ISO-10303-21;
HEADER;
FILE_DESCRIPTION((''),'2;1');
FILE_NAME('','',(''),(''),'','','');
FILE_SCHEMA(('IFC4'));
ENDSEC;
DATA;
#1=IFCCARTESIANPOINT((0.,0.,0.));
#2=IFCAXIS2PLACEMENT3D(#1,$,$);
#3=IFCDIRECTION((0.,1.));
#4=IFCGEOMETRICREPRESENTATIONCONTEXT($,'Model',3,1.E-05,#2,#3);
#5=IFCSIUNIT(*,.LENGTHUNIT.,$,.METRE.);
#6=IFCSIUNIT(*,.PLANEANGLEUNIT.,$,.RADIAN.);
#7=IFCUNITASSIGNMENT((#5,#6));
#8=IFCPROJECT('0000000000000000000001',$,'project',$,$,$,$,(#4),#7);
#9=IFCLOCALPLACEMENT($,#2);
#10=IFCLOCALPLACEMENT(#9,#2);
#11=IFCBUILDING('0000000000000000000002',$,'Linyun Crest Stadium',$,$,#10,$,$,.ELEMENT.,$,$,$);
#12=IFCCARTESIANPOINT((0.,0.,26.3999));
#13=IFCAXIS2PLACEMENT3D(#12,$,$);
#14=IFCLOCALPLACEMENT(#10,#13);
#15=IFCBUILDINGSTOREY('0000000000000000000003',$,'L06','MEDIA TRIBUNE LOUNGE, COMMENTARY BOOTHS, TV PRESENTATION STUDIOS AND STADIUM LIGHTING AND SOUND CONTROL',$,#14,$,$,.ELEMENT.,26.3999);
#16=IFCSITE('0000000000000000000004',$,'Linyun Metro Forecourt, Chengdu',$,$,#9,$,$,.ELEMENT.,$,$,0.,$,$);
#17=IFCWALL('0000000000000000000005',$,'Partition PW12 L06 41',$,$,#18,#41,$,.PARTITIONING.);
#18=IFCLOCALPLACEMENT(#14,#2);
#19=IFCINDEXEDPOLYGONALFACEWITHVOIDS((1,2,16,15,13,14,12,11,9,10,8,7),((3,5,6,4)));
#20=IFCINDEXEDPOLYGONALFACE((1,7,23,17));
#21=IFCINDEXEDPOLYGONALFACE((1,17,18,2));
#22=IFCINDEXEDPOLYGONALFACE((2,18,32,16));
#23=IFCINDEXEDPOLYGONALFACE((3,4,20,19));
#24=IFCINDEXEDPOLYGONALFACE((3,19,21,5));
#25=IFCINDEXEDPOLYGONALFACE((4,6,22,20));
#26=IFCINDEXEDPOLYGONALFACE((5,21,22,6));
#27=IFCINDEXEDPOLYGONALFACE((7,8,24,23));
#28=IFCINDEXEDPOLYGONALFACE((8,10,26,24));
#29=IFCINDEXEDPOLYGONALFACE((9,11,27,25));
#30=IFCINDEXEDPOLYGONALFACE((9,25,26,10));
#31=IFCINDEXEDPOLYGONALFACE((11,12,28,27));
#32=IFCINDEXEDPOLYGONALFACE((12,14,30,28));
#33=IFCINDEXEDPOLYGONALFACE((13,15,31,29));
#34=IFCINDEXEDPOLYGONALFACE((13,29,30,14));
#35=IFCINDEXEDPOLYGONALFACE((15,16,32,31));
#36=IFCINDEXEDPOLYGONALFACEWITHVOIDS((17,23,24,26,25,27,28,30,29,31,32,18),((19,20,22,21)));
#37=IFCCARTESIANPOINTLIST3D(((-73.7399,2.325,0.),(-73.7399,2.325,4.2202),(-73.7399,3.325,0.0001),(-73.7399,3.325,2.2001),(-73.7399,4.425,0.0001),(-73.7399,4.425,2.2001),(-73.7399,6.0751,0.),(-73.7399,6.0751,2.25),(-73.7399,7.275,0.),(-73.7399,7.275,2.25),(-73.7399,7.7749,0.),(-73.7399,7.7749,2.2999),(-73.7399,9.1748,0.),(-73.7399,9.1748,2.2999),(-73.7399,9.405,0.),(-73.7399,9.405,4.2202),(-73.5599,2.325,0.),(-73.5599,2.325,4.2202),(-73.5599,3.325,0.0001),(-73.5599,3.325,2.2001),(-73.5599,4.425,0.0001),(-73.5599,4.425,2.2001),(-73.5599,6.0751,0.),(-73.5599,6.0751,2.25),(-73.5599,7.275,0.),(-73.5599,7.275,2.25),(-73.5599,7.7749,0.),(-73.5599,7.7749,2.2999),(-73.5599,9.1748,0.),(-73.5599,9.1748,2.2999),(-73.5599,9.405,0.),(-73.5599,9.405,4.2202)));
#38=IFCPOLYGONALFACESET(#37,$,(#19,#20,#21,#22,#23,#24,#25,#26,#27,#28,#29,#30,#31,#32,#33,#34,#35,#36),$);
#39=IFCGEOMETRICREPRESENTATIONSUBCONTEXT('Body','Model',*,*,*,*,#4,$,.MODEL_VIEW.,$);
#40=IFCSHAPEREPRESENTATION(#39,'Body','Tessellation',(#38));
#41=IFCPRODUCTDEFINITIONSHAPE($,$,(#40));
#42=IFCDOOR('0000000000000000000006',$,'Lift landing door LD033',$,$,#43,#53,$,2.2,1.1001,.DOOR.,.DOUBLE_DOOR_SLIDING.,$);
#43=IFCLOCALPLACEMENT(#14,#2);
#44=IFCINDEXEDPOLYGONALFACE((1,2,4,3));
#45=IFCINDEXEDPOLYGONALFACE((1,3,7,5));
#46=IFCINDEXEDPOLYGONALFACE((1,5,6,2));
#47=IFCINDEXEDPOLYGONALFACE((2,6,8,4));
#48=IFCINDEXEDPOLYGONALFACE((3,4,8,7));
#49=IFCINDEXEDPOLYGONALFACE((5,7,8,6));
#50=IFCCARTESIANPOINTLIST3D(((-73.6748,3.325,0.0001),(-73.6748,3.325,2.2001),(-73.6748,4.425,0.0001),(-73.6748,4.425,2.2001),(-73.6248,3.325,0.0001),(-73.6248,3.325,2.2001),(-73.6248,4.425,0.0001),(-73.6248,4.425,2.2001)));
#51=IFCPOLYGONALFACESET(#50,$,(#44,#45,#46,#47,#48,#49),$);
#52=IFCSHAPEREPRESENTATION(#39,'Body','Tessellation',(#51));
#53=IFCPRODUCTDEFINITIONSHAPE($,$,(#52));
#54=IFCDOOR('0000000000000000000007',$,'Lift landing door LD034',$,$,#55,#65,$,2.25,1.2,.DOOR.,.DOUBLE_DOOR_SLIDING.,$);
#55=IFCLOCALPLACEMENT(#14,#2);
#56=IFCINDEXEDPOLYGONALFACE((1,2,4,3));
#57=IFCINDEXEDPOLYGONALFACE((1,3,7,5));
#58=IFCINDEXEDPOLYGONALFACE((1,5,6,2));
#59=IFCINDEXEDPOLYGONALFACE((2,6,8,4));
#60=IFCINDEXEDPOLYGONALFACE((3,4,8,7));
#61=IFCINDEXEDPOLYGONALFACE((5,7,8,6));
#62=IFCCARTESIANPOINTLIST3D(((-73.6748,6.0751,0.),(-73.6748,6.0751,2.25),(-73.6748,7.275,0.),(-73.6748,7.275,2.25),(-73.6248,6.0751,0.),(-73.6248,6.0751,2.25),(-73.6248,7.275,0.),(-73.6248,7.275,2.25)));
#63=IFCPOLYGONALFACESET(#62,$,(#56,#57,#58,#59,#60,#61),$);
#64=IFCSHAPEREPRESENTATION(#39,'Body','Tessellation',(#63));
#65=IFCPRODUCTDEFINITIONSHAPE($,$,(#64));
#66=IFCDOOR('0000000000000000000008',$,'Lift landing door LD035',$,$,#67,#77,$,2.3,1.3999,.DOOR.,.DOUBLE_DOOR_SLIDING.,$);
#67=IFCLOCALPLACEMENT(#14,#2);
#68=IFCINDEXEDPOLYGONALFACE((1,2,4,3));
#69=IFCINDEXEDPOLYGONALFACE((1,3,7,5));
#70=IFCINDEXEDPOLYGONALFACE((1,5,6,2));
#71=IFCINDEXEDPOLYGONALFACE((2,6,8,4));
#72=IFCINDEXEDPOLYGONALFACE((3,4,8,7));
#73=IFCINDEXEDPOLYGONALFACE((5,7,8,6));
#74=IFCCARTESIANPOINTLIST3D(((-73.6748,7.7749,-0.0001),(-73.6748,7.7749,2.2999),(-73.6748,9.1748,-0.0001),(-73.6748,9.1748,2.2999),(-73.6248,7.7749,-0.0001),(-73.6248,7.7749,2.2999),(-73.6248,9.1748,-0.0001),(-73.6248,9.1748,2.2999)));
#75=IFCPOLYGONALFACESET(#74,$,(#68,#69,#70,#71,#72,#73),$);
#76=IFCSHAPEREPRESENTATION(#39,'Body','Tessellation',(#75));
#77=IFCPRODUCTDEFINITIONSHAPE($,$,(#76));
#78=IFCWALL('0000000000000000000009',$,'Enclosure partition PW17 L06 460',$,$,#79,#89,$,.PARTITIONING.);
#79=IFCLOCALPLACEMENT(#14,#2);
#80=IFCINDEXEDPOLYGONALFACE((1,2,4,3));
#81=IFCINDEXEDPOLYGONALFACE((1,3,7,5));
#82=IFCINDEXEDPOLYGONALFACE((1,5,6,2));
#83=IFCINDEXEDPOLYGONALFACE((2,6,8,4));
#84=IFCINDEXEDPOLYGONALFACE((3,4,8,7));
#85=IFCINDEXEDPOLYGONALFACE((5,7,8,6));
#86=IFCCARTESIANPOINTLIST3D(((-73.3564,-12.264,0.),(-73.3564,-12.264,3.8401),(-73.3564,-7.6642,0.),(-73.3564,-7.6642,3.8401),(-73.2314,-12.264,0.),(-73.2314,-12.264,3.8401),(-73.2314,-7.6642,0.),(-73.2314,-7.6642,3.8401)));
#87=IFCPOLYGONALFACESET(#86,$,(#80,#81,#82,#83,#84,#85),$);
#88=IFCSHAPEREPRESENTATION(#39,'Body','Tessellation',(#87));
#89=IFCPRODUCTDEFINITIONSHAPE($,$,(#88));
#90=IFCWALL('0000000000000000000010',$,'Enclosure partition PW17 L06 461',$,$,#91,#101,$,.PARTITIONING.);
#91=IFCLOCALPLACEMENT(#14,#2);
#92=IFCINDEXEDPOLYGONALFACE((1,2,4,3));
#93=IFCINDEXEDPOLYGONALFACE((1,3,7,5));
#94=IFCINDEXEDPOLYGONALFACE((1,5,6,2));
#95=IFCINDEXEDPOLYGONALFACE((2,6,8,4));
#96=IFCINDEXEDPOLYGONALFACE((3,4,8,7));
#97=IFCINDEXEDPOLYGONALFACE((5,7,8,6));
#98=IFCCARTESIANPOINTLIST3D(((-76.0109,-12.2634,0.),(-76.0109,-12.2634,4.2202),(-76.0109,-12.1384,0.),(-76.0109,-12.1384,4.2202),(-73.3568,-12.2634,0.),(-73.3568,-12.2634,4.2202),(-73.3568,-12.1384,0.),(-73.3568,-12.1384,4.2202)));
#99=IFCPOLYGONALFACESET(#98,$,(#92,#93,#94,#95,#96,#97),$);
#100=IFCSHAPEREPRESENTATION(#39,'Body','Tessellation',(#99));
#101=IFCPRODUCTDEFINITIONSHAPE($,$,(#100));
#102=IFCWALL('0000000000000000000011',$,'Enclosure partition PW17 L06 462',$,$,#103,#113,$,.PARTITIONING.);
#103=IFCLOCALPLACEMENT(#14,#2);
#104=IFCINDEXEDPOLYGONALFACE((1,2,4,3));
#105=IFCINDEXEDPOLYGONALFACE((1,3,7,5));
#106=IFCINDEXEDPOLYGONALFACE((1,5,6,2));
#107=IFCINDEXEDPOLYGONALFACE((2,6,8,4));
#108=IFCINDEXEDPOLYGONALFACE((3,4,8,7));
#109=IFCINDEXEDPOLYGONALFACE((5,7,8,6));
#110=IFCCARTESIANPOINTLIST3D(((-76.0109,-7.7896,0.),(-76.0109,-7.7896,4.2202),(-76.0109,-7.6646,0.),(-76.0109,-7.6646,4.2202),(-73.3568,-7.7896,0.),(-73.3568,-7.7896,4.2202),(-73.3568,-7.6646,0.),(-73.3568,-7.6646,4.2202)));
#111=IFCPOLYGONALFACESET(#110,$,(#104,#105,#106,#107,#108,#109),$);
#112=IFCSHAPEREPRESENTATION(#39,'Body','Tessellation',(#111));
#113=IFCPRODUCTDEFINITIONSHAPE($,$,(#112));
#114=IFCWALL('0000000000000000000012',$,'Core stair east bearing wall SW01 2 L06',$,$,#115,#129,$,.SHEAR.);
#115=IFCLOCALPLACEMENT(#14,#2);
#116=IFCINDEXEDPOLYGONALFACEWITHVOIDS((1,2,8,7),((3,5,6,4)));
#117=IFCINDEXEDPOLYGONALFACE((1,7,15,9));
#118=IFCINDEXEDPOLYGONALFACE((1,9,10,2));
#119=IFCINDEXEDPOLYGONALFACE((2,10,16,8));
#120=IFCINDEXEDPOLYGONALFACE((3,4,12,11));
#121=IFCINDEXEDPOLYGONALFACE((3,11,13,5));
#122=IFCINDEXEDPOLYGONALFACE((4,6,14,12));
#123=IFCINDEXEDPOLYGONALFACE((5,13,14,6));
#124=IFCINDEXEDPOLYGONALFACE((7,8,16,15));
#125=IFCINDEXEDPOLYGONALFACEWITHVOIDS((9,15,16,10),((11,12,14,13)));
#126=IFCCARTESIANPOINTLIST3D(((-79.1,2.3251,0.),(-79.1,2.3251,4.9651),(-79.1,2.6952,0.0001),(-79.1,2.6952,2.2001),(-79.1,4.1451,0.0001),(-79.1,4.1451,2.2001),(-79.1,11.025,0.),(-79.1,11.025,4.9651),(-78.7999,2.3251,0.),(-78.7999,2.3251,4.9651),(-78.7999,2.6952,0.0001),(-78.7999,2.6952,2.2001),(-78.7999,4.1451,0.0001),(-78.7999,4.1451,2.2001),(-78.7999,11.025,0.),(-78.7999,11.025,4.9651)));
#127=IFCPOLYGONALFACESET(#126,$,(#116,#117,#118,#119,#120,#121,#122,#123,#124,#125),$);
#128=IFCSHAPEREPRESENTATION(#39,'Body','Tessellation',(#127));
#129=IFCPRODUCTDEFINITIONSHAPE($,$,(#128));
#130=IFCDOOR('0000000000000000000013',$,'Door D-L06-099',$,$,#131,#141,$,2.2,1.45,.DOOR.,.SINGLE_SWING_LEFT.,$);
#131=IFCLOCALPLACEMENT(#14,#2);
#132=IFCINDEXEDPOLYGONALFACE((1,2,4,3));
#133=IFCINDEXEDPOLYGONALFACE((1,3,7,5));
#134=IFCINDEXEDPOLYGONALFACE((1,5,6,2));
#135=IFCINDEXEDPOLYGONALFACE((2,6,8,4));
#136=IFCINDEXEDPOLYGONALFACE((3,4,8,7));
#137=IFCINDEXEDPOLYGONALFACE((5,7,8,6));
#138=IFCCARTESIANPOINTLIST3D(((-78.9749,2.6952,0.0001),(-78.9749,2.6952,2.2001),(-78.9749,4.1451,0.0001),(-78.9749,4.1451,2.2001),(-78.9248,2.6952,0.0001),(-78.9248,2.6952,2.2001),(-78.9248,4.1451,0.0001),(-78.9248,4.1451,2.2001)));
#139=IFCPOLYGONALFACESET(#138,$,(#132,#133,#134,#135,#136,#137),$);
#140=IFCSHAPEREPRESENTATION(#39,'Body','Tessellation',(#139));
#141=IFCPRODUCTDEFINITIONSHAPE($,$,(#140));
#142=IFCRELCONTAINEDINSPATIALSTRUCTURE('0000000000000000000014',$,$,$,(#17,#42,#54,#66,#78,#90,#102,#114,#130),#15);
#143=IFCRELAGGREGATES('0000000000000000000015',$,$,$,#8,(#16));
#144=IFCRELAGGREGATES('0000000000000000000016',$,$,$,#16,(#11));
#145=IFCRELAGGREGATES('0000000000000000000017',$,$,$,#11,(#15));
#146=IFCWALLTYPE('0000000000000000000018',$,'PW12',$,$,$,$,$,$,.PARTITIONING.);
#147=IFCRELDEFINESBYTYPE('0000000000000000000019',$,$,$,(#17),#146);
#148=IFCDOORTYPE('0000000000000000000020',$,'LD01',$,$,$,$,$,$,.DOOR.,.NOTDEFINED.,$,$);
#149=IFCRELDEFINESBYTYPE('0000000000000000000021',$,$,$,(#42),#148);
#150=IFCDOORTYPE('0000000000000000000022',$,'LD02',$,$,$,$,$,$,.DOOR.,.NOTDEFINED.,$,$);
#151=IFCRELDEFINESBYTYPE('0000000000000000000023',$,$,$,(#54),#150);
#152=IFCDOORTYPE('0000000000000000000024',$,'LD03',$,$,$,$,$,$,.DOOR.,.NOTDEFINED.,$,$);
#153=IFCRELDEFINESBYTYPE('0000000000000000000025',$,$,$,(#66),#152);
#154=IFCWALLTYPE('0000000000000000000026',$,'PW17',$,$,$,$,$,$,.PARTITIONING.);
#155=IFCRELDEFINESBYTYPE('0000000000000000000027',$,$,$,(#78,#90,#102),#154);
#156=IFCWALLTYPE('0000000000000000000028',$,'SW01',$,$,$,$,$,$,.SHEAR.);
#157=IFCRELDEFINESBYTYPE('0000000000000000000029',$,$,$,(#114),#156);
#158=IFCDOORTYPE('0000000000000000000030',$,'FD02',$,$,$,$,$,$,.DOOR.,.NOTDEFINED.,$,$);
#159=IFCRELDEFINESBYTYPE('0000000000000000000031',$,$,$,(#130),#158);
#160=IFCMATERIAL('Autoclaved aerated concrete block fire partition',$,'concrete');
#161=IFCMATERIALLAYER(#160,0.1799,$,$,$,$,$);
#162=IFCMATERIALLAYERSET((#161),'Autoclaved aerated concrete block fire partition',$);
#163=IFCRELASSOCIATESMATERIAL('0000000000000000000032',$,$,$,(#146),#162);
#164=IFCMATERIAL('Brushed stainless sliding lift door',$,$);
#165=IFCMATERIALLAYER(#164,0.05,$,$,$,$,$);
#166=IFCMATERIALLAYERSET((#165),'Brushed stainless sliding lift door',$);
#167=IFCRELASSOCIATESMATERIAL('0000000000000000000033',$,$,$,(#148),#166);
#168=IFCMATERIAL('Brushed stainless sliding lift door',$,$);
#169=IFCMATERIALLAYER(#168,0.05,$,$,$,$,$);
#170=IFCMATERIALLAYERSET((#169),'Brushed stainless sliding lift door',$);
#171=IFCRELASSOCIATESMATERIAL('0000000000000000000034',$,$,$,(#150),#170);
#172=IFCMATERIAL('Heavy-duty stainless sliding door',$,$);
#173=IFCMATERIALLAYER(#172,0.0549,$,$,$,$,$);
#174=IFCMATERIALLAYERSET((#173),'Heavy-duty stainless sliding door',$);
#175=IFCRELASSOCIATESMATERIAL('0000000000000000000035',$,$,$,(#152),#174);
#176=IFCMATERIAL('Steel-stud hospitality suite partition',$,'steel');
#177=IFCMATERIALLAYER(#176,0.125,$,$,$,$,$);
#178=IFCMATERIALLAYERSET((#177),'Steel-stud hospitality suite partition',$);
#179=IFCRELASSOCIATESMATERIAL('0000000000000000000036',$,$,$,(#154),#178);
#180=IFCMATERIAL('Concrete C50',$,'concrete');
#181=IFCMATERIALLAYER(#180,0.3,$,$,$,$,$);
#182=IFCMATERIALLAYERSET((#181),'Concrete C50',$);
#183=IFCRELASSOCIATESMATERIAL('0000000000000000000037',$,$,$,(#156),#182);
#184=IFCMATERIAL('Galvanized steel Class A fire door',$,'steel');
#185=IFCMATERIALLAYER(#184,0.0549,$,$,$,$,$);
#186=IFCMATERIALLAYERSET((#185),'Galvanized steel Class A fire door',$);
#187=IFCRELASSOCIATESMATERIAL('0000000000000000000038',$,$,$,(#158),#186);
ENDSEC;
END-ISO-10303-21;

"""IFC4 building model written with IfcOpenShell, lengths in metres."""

from ifc_helpers import new_model, si_unit, direction, frame, frame_2d, origin, place, context, subcontext, project, spatial, rectangle, extrude, material, layer, layer_set, type_object, element, fill, save


model = new_model("IFC4")

# Units and contexts
model_context = context("Model", 3, precision=1e-05, world=origin(), true_north=direction((0.0, 1.0)))
body_context = subcontext(model_context, "Body", "Model", "MODEL_VIEW")
ifc_project = project(units=[si_unit("LENGTHUNIT", "METRE"), si_unit("PLANEANGLEUNIT", "RADIAN")], contexts=[model_context])

# Site, building, storey
site_placement = place(None, origin())
site = spatial("IfcSite", under=ifc_project, at=site_placement, Name="Linyun Metro Forecourt, Chengdu", CompositionType="ELEMENT", RefElevation=0.0)
building_placement = place(site_placement, origin())
building = spatial("IfcBuilding", under=site, at=building_placement, Name="Linyun Crest Stadium", CompositionType="ELEMENT")
storey_placement = place(building_placement, frame((0.0, 0.0, 26.3999)))
storey = spatial("IfcBuildingStorey", under=building, at=storey_placement, Name="L06", Description="MEDIA TRIBUNE LOUNGE, COMMENTARY BOOTHS, TV PRESENTATION STUDIOS AND STADIUM LIGHTING AND SOUND CONTROL", CompositionType="ELEMENT", Elevation=26.3999)

# Wall, openings, doors
ifc_material_1 = material(Name="Autoclaved aerated concrete block fire partition", Category="concrete")
ifc_layer_1 = layer(ifc_material_1, 0.1799)
ifc_layer_set_1 = layer_set([ifc_layer_1], Name="Autoclaved aerated concrete block fire partition")
wall_type_1 = type_object("IfcWallType", Name="PW12", PredefinedType="PARTITIONING", material=ifc_layer_set_1)
wall_1_placement = place(storey_placement, frame((-73.6499, 2.325, 0.0), z_axis=(0.0, 0.0, 1.0), x_axis=(0.0, 1.0, 0.0)))
wall_1 = element("IfcWall", 1, at=wall_1_placement, inside=storey, type_object=wall_type_1, Name="Partition PW12 L06 41", PredefinedType="PARTITIONING", context=body_context, shape_type="SweptSolid", body=[
    extrude(rectangle(XDim=7.0801, YDim=0.1799, at=frame_2d((3.54, 0.0))), origin(), (0.0, 0.0, 1.0), 4.2202),
])
opening_1_placement = place(wall_1_placement, frame((1.0, 0.0, 0.0)))
opening_1 = element("IfcOpeningElement", 2, at=opening_1_placement, cuts=wall_1, PredefinedType="OPENING", context=body_context, shape_type="SweptSolid", body=[
    extrude(rectangle(XDim=1.1001, YDim=2.2, at=frame_2d((0.55, 1.1001))), frame((0.0, 0.0999, 0.0), z_axis=(0.0, -1.0, 0.0), x_axis=(1.0, 0.0, 0.0)), (0.0, 0.0, 1.0), 0.2),
])
opening_2_placement = place(wall_1_placement, frame((3.75, 0.0, 0.0)))
opening_2 = element("IfcOpeningElement", 3, at=opening_2_placement, cuts=wall_1, PredefinedType="OPENING", context=body_context, shape_type="SweptSolid", body=[
    extrude(rectangle(XDim=1.2, YDim=2.25, at=frame_2d((0.6001, 1.125))), frame((0.0, 0.0999, 0.0), z_axis=(0.0, -1.0, 0.0), x_axis=(1.0, 0.0, 0.0)), (0.0, 0.0, 1.0), 0.2),
])
opening_3_placement = place(wall_1_placement, frame((5.45, 0.0, 0.0)))
opening_3 = element("IfcOpeningElement", 4, at=opening_3_placement, cuts=wall_1, PredefinedType="OPENING", context=body_context, shape_type="SweptSolid", body=[
    extrude(rectangle(XDim=1.3999, YDim=2.3, at=frame_2d((0.7, 1.1499))), frame((0.0, 0.0999, 0.0), z_axis=(0.0, -1.0, 0.0), x_axis=(1.0, 0.0, 0.0)), (0.0, 0.0, 1.0), 0.2),
])
ifc_material_2 = material(Name="Brushed stainless sliding lift door")
ifc_layer_2 = layer(ifc_material_2, 0.05)
ifc_layer_set_2 = layer_set([ifc_layer_2], Name="Brushed stainless sliding lift door")
door_type_1 = type_object("IfcDoorType", Name="LD01", OperationType="NOTDEFINED", PredefinedType="DOOR", material=ifc_layer_set_2)
door_1_placement = place(opening_1_placement, origin())
door_1 = element("IfcDoor", 5, at=door_1_placement, inside=storey, type_object=door_type_1, Name="Lift landing door LD033", OperationType="DOUBLE_DOOR_SLIDING", OverallHeight=2.2, OverallWidth=1.1001, PredefinedType="DOOR", context=body_context, shape_type="SweptSolid", body=[
    extrude(rectangle(XDim=1.1001, YDim=2.2, at=frame_2d((0.55, 1.1001))), frame((0.0, 0.0249, 0.0), z_axis=(0.0, -1.0, 0.0), x_axis=(1.0, 0.0, 0.0)), (0.0, 0.0, 1.0), 0.05),
])
fill(opening_1, door_1)
ifc_material_3 = material(Name="Brushed stainless sliding lift door")
ifc_layer_3 = layer(ifc_material_3, 0.05)
ifc_layer_set_3 = layer_set([ifc_layer_3], Name="Brushed stainless sliding lift door")
door_type_2 = type_object("IfcDoorType", Name="LD02", OperationType="NOTDEFINED", PredefinedType="DOOR", material=ifc_layer_set_3)
door_2_placement = place(opening_2_placement, origin())
door_2 = element("IfcDoor", 6, at=door_2_placement, inside=storey, type_object=door_type_2, Name="Lift landing door LD034", OperationType="DOUBLE_DOOR_SLIDING", OverallHeight=2.25, OverallWidth=1.2, PredefinedType="DOOR", context=body_context, shape_type="SweptSolid", body=[
    extrude(rectangle(XDim=1.2, YDim=2.25, at=frame_2d((0.6001, 1.125))), frame((0.0, 0.0249, 0.0), z_axis=(0.0, -1.0, 0.0), x_axis=(1.0, 0.0, 0.0)), (0.0, 0.0, 1.0), 0.05),
])
fill(opening_2, door_2)
ifc_material_4 = material(Name="Heavy-duty stainless sliding door")
ifc_layer_4 = layer(ifc_material_4, 0.0549)
ifc_layer_set_4 = layer_set([ifc_layer_4], Name="Heavy-duty stainless sliding door")
door_type_3 = type_object("IfcDoorType", Name="LD03", OperationType="NOTDEFINED", PredefinedType="DOOR", material=ifc_layer_set_4)
door_3_placement = place(opening_3_placement, origin())
door_3 = element("IfcDoor", 7, at=door_3_placement, inside=storey, type_object=door_type_3, Name="Lift landing door LD035", OperationType="DOUBLE_DOOR_SLIDING", OverallHeight=2.3, OverallWidth=1.3999, PredefinedType="DOOR", context=body_context, shape_type="SweptSolid", body=[
    extrude(rectangle(XDim=1.3999, YDim=2.3, at=frame_2d((0.7, 1.1499))), frame((0.0, 0.0249, 0.0), z_axis=(0.0, -1.0, 0.0), x_axis=(1.0, 0.0, 0.0)), (0.0, 0.0, 1.0), 0.05),
])
fill(opening_3, door_3)

# Walls
ifc_material_5 = material(Name="Steel-stud hospitality suite partition", Category="steel")
ifc_layer_5 = layer(ifc_material_5, 0.125)
ifc_layer_set_5 = layer_set([ifc_layer_5], Name="Steel-stud hospitality suite partition")
wall_type_2 = type_object("IfcWallType", Name="PW17", PredefinedType="PARTITIONING", material=ifc_layer_set_5)
wall_2_placement = place(storey_placement, frame((-73.2939, -12.2639, 0.0), z_axis=(0.0, 0.0, 1.0), x_axis=(0.0, 1.0, 0.0)))
element("IfcWall", 8, at=wall_2_placement, inside=storey, type_object=wall_type_2, Name="Enclosure partition PW17 L06 460", PredefinedType="PARTITIONING", context=body_context, shape_type="SweptSolid", body=[
    extrude(rectangle(XDim=4.5999, YDim=0.125, at=frame_2d((2.2998, 0.0))), origin(), (0.0, 0.0, 1.0), 3.8401),
])
for number, where, z_axis, x_axis, name in (
    (9, (-76.011, -12.2009, 0.0), (0.0, 0.0, 1.0), (1.0, 0.0, 0.0), "Enclosure partition PW17 L06 461"),
    (10, (-76.011, -7.7271, 0.0), (0.0, 0.0, 1.0), (1.0, 0.0, 0.0), "Enclosure partition PW17 L06 462"),
):
    element("IfcWall", number, at=place(storey_placement, frame(where, z_axis=z_axis, x_axis=x_axis)), inside=storey, type_object=wall_type_2, Name=name, PredefinedType="PARTITIONING", context=body_context, shape_type="SweptSolid", body=[
        extrude(rectangle(XDim=2.6541, YDim=0.125, at=frame_2d((1.3271, 0.0))), origin(), (0.0, 0.0, 1.0), 4.2202),
    ])

# Wall, opening, door
ifc_material_6 = material(Name="Concrete C50", Category="concrete")
ifc_layer_6 = layer(ifc_material_6, 0.3)
ifc_layer_set_6 = layer_set([ifc_layer_6], Name="Concrete C50")
wall_type_3 = type_object("IfcWallType", Name="SW01", PredefinedType="SHEAR", material=ifc_layer_set_6)
wall_3_placement = place(storey_placement, frame((-78.95, 2.325, 0.0), z_axis=(0.0, 0.0, 1.0), x_axis=(0.0, 1.0, 0.0)))
wall_3 = element("IfcWall", 11, at=wall_3_placement, inside=storey, type_object=wall_type_3, Name="Core stair east bearing wall SW01 2 L06", PredefinedType="SHEAR", context=body_context, shape_type="SweptSolid", body=[
    extrude(rectangle(XDim=8.7, YDim=0.3, at=frame_2d((4.3501, 0.0))), origin(), (0.0, 0.0, 1.0), 4.9651),
])
opening_4_placement = place(wall_3_placement, frame((0.3701, 0.0, 0.0)))
opening_4 = element("IfcOpeningElement", 12, at=opening_4_placement, cuts=wall_3, PredefinedType="OPENING", context=body_context, shape_type="SweptSolid", body=[
    extrude(rectangle(XDim=1.45, YDim=2.2, at=frame_2d((0.7251, 1.1001))), frame((0.0, 0.1599, 0.0), z_axis=(0.0, -1.0, 0.0), x_axis=(1.0, 0.0, 0.0)), (0.0, 0.0, 1.0), 0.3201),
])
ifc_material_7 = material(Name="Galvanized steel Class A fire door", Category="steel")
ifc_layer_7 = layer(ifc_material_7, 0.0549)
ifc_layer_set_7 = layer_set([ifc_layer_7], Name="Galvanized steel Class A fire door")
door_type_4 = type_object("IfcDoorType", Name="FD02", OperationType="NOTDEFINED", PredefinedType="DOOR", material=ifc_layer_set_7)
door_4_placement = place(opening_4_placement, origin())
door_4 = element("IfcDoor", 13, at=door_4_placement, inside=storey, type_object=door_type_4, Name="Door D-L06-099", OperationType="SINGLE_SWING_LEFT", OverallHeight=2.2, OverallWidth=1.45, PredefinedType="DOOR", context=body_context, shape_type="SweptSolid", body=[
    extrude(rectangle(XDim=1.45, YDim=2.2, at=frame_2d((0.7251, 1.1001))), frame((0.0, 0.0249, 0.0), z_axis=(0.0, -1.0, 0.0), x_axis=(1.0, 0.0, 0.0)), (0.0, 0.0, 1.0), 0.05),
])
fill(opening_4, door_4)

save(model, "model.ifc")
